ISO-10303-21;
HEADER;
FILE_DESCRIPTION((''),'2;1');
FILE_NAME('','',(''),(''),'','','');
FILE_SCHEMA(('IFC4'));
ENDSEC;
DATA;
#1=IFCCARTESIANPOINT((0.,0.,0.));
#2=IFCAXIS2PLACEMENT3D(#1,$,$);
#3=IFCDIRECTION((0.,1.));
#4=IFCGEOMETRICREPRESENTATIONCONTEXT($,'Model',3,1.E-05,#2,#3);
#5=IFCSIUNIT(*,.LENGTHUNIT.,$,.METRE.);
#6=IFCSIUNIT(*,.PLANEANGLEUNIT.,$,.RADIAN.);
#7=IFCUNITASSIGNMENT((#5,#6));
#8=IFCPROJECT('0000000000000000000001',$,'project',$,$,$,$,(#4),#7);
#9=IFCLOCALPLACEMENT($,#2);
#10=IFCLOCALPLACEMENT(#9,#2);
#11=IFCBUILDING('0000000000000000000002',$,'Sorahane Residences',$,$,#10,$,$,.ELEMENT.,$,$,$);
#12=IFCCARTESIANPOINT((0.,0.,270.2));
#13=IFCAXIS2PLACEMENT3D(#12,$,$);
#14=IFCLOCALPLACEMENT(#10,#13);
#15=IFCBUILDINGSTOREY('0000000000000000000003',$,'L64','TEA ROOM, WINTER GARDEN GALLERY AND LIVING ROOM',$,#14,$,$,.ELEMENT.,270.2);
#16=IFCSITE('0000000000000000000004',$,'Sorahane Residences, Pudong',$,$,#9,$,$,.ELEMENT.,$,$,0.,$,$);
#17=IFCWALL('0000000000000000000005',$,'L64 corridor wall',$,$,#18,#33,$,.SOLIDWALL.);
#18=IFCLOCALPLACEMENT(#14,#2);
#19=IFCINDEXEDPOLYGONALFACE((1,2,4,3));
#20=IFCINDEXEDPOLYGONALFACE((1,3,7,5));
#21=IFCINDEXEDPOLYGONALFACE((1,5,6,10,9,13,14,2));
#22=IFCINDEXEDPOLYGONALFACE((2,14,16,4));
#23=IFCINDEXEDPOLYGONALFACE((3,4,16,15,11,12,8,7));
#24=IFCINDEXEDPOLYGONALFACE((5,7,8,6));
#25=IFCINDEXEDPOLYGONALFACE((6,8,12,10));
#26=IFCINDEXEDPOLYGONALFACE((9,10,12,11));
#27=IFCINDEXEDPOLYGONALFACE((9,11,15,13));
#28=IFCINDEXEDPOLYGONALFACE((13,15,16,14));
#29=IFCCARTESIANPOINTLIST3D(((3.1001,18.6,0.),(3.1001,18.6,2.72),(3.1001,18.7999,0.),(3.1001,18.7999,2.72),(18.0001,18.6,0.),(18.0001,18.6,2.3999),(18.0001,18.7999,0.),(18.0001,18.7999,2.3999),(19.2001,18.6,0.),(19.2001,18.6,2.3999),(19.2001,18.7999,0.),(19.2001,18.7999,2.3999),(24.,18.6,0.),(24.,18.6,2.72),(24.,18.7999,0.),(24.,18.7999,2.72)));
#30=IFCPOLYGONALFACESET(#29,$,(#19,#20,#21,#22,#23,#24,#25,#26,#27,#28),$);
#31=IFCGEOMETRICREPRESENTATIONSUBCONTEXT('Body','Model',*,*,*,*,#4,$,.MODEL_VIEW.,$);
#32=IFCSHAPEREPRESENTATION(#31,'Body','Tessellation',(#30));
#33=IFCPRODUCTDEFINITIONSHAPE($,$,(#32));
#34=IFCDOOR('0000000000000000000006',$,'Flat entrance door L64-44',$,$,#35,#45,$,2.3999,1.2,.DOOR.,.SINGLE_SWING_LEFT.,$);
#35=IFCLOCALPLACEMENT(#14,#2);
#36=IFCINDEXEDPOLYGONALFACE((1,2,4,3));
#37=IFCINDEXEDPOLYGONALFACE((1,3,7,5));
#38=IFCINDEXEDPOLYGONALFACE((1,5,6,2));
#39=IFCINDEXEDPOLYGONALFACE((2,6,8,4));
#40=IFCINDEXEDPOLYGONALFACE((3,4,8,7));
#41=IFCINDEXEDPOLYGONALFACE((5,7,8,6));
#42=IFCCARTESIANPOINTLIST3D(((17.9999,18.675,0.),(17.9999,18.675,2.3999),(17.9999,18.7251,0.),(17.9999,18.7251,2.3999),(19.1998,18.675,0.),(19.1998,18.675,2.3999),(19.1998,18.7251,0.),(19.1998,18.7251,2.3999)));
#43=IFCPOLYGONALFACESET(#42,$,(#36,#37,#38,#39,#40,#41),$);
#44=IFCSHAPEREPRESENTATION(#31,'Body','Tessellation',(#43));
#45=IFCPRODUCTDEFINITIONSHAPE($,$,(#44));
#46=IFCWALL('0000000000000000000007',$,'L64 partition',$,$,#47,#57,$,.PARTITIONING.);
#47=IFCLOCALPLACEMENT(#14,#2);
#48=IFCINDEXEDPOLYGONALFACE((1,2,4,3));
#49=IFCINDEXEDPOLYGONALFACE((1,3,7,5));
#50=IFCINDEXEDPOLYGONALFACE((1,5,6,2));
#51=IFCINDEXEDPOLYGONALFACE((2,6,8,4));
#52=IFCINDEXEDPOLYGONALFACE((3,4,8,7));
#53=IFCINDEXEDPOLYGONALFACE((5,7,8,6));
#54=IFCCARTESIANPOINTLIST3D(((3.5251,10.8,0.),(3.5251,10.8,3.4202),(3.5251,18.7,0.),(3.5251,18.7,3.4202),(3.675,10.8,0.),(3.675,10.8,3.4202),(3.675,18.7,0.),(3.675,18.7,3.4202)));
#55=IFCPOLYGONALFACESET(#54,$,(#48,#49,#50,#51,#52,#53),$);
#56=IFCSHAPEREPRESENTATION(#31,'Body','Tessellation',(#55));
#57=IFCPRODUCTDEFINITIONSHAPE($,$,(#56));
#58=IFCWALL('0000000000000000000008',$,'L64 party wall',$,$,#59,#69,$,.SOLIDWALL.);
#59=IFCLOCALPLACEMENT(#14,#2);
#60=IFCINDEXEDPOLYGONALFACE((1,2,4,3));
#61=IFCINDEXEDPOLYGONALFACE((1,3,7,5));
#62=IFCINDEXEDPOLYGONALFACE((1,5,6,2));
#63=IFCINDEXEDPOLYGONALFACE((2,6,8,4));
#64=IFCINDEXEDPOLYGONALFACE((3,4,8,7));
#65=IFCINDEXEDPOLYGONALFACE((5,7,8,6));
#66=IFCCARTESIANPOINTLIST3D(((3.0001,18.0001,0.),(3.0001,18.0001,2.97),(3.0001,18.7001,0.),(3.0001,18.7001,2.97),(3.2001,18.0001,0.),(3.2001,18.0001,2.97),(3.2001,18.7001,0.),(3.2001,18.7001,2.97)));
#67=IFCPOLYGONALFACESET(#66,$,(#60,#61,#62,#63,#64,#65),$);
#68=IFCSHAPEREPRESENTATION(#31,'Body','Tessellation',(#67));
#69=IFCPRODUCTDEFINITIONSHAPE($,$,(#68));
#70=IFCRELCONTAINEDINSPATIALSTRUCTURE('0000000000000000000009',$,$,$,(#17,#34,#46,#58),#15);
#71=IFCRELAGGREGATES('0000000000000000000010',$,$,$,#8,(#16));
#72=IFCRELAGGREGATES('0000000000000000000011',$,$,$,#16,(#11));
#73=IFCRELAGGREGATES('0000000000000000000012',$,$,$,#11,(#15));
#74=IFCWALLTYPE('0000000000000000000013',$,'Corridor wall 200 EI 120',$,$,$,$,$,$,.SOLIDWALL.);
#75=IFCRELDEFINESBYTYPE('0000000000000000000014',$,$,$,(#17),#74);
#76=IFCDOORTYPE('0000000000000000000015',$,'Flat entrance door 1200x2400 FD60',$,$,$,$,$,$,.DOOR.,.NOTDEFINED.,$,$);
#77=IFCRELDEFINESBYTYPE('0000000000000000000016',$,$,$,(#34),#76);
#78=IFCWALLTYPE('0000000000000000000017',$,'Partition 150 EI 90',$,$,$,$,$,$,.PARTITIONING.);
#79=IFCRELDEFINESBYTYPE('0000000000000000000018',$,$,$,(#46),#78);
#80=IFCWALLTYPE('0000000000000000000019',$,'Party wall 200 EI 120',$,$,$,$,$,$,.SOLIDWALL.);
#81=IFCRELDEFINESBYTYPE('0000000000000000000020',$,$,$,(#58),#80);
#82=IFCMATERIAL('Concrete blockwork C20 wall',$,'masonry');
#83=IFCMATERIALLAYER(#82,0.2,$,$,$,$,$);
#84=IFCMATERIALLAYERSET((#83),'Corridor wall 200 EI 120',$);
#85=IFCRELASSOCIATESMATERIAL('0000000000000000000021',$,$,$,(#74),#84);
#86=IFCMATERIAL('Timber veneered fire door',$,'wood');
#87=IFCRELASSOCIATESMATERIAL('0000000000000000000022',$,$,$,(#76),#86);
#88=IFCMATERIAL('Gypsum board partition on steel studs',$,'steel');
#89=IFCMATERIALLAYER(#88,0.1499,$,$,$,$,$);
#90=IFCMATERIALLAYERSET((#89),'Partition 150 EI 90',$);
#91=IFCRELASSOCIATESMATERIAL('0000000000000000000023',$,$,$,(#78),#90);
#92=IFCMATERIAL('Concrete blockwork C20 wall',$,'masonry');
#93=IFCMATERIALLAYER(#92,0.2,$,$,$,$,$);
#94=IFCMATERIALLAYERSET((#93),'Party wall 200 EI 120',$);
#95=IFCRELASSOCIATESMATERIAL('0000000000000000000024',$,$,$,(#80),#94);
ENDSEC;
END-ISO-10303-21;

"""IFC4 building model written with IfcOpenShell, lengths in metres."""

from ifc_helpers import new_model, si_unit, direction, frame, frame_2d, origin, place, context, subcontext, project, spatial, rectangle, extrude, material, layer, layer_set, type_object, element, fill, save


model = new_model("IFC4")

# Units and contexts
model_context = context("Model", 3, precision=1e-05, world=origin(), true_north=direction((0.0, 1.0)))
body_context = subcontext(model_context, "Body", "Model", "MODEL_VIEW")
ifc_project = project(units=[si_unit("LENGTHUNIT", "METRE"), si_unit("PLANEANGLEUNIT", "RADIAN")], contexts=[model_context])

# Site, building, storey
site_placement = place(None, origin())
site = spatial("IfcSite", under=ifc_project, at=site_placement, Name="Sorahane Residences, Pudong", CompositionType="ELEMENT", RefElevation=0.0)
building_placement = place(site_placement, origin())
building = spatial("IfcBuilding", under=site, at=building_placement, Name="Sorahane Residences", CompositionType="ELEMENT")
storey_placement = place(building_placement, frame((0.0, 0.0, 270.2)))
storey = spatial("IfcBuildingStorey", under=building, at=storey_placement, Name="L64", Description="TEA ROOM, WINTER GARDEN GALLERY AND LIVING ROOM", CompositionType="ELEMENT", Elevation=270.2)

# Wall, opening, door
ifc_material_1 = material(Name="Concrete blockwork C20 wall", Category="masonry")
ifc_layer_1 = layer(ifc_material_1, 0.2)
ifc_layer_set_1 = layer_set([ifc_layer_1], Name="Corridor wall 200 EI 120")
wall_type_1 = type_object("IfcWallType", Name="Corridor wall 200 EI 120", PredefinedType="SOLIDWALL", material=ifc_layer_set_1)
ifc_material_2 = material(Name="Timber veneered fire door", Category="wood")
door_type_1 = type_object("IfcDoorType", Name="Flat entrance door 1200x2400 FD60", OperationType="NOTDEFINED", PredefinedType="DOOR", material=ifc_material_2)
wall_1_placement = place(storey_placement, frame((3.1001, 18.7, 0.0), z_axis=(0.0, 0.0, 1.0), x_axis=(1.0, 0.0, 0.0)))
wall_1 = element("IfcWall", 1, at=wall_1_placement, inside=storey, type_object=wall_type_1, Name="L64 corridor wall", PredefinedType="SOLIDWALL", context=body_context, shape_type="SweptSolid", body=[
    extrude(rectangle(XDim=20.8999, YDim=0.2, at=frame_2d((10.45, 0.0))), origin(), (0.0, 0.0, 1.0), 2.72),
])
opening_1_placement = place(wall_1_placement, frame((14.8999, 0.0, 0.0)))
opening_1 = element("IfcOpeningElement", 2, at=opening_1_placement, cuts=wall_1, PredefinedType="OPENING", context=body_context, shape_type="SweptSolid", body=[
    extrude(rectangle(XDim=1.2, YDim=2.3999, at=frame_2d((0.6001, 1.2))), frame((0.0, 0.1099, 0.0), z_axis=(0.0, -1.0, 0.0), x_axis=(1.0, 0.0, 0.0)), (0.0, 0.0, 1.0), 0.22),
])
door_1_placement = place(opening_1_placement, frame((1.2, 0.0, 0.0), z_axis=(0.0, 0.0, 1.0), x_axis=(-1.0, 0.0, 0.0)))
door_1 = element("IfcDoor", 3, at=door_1_placement, inside=storey, type_object=door_type_1, Name="Flat entrance door L64-44", OperationType="SINGLE_SWING_LEFT", OverallHeight=2.3999, OverallWidth=1.2, PredefinedType="DOOR", context=body_context, shape_type="SweptSolid", body=[
    extrude(rectangle(XDim=1.2, YDim=2.3999, at=frame_2d((0.6001, 1.2))), frame((0.0, 0.0249, 0.0), z_axis=(0.0, -1.0, 0.0), x_axis=(1.0, 0.0, 0.0)), (0.0, 0.0, 1.0), 0.05),
])
fill(opening_1, door_1)

# Walls
ifc_material_3 = material(Name="Gypsum board partition on steel studs", Category="steel")
ifc_layer_2 = layer(ifc_material_3, 0.1499)
ifc_layer_set_2 = layer_set([ifc_layer_2], Name="Partition 150 EI 90")
wall_type_2 = type_object("IfcWallType", Name="Partition 150 EI 90", PredefinedType="PARTITIONING", material=ifc_layer_set_2)
wall_2_placement = place(storey_placement, frame((3.6001, 10.8, 0.0), z_axis=(0.0, 0.0, 1.0), x_axis=(0.0, 1.0, 0.0)))
element("IfcWall", 4, at=wall_2_placement, inside=storey, type_object=wall_type_2, Name="L64 partition", PredefinedType="PARTITIONING", context=body_context, shape_type="SweptSolid", body=[
    extrude(rectangle(XDim=7.8999, YDim=0.1499, at=frame_2d((3.95, 0.0))), origin(), (0.0, 0.0, 1.0), 3.4202),
])
ifc_material_4 = material(Name="Concrete blockwork C20 wall", Category="masonry")
ifc_layer_3 = layer(ifc_material_4, 0.2)
ifc_layer_set_3 = layer_set([ifc_layer_3], Name="Party wall 200 EI 120")
wall_type_3 = type_object("IfcWallType", Name="Party wall 200 EI 120", PredefinedType="SOLIDWALL", material=ifc_layer_set_3)
wall_3_placement = place(storey_placement, frame((3.1001, 18.0, 0.0), z_axis=(0.0, 0.0, 1.0), x_axis=(0.0, 1.0, 0.0)))
element("IfcWall", 5, at=wall_3_placement, inside=storey, type_object=wall_type_3, Name="L64 party wall", PredefinedType="SOLIDWALL", context=body_context, shape_type="SweptSolid", body=[
    extrude(rectangle(XDim=0.7, YDim=0.2, at=frame_2d((0.3501, 0.0))), origin(), (0.0, 0.0, 1.0), 2.97),
])

save(model, "model.ifc")
